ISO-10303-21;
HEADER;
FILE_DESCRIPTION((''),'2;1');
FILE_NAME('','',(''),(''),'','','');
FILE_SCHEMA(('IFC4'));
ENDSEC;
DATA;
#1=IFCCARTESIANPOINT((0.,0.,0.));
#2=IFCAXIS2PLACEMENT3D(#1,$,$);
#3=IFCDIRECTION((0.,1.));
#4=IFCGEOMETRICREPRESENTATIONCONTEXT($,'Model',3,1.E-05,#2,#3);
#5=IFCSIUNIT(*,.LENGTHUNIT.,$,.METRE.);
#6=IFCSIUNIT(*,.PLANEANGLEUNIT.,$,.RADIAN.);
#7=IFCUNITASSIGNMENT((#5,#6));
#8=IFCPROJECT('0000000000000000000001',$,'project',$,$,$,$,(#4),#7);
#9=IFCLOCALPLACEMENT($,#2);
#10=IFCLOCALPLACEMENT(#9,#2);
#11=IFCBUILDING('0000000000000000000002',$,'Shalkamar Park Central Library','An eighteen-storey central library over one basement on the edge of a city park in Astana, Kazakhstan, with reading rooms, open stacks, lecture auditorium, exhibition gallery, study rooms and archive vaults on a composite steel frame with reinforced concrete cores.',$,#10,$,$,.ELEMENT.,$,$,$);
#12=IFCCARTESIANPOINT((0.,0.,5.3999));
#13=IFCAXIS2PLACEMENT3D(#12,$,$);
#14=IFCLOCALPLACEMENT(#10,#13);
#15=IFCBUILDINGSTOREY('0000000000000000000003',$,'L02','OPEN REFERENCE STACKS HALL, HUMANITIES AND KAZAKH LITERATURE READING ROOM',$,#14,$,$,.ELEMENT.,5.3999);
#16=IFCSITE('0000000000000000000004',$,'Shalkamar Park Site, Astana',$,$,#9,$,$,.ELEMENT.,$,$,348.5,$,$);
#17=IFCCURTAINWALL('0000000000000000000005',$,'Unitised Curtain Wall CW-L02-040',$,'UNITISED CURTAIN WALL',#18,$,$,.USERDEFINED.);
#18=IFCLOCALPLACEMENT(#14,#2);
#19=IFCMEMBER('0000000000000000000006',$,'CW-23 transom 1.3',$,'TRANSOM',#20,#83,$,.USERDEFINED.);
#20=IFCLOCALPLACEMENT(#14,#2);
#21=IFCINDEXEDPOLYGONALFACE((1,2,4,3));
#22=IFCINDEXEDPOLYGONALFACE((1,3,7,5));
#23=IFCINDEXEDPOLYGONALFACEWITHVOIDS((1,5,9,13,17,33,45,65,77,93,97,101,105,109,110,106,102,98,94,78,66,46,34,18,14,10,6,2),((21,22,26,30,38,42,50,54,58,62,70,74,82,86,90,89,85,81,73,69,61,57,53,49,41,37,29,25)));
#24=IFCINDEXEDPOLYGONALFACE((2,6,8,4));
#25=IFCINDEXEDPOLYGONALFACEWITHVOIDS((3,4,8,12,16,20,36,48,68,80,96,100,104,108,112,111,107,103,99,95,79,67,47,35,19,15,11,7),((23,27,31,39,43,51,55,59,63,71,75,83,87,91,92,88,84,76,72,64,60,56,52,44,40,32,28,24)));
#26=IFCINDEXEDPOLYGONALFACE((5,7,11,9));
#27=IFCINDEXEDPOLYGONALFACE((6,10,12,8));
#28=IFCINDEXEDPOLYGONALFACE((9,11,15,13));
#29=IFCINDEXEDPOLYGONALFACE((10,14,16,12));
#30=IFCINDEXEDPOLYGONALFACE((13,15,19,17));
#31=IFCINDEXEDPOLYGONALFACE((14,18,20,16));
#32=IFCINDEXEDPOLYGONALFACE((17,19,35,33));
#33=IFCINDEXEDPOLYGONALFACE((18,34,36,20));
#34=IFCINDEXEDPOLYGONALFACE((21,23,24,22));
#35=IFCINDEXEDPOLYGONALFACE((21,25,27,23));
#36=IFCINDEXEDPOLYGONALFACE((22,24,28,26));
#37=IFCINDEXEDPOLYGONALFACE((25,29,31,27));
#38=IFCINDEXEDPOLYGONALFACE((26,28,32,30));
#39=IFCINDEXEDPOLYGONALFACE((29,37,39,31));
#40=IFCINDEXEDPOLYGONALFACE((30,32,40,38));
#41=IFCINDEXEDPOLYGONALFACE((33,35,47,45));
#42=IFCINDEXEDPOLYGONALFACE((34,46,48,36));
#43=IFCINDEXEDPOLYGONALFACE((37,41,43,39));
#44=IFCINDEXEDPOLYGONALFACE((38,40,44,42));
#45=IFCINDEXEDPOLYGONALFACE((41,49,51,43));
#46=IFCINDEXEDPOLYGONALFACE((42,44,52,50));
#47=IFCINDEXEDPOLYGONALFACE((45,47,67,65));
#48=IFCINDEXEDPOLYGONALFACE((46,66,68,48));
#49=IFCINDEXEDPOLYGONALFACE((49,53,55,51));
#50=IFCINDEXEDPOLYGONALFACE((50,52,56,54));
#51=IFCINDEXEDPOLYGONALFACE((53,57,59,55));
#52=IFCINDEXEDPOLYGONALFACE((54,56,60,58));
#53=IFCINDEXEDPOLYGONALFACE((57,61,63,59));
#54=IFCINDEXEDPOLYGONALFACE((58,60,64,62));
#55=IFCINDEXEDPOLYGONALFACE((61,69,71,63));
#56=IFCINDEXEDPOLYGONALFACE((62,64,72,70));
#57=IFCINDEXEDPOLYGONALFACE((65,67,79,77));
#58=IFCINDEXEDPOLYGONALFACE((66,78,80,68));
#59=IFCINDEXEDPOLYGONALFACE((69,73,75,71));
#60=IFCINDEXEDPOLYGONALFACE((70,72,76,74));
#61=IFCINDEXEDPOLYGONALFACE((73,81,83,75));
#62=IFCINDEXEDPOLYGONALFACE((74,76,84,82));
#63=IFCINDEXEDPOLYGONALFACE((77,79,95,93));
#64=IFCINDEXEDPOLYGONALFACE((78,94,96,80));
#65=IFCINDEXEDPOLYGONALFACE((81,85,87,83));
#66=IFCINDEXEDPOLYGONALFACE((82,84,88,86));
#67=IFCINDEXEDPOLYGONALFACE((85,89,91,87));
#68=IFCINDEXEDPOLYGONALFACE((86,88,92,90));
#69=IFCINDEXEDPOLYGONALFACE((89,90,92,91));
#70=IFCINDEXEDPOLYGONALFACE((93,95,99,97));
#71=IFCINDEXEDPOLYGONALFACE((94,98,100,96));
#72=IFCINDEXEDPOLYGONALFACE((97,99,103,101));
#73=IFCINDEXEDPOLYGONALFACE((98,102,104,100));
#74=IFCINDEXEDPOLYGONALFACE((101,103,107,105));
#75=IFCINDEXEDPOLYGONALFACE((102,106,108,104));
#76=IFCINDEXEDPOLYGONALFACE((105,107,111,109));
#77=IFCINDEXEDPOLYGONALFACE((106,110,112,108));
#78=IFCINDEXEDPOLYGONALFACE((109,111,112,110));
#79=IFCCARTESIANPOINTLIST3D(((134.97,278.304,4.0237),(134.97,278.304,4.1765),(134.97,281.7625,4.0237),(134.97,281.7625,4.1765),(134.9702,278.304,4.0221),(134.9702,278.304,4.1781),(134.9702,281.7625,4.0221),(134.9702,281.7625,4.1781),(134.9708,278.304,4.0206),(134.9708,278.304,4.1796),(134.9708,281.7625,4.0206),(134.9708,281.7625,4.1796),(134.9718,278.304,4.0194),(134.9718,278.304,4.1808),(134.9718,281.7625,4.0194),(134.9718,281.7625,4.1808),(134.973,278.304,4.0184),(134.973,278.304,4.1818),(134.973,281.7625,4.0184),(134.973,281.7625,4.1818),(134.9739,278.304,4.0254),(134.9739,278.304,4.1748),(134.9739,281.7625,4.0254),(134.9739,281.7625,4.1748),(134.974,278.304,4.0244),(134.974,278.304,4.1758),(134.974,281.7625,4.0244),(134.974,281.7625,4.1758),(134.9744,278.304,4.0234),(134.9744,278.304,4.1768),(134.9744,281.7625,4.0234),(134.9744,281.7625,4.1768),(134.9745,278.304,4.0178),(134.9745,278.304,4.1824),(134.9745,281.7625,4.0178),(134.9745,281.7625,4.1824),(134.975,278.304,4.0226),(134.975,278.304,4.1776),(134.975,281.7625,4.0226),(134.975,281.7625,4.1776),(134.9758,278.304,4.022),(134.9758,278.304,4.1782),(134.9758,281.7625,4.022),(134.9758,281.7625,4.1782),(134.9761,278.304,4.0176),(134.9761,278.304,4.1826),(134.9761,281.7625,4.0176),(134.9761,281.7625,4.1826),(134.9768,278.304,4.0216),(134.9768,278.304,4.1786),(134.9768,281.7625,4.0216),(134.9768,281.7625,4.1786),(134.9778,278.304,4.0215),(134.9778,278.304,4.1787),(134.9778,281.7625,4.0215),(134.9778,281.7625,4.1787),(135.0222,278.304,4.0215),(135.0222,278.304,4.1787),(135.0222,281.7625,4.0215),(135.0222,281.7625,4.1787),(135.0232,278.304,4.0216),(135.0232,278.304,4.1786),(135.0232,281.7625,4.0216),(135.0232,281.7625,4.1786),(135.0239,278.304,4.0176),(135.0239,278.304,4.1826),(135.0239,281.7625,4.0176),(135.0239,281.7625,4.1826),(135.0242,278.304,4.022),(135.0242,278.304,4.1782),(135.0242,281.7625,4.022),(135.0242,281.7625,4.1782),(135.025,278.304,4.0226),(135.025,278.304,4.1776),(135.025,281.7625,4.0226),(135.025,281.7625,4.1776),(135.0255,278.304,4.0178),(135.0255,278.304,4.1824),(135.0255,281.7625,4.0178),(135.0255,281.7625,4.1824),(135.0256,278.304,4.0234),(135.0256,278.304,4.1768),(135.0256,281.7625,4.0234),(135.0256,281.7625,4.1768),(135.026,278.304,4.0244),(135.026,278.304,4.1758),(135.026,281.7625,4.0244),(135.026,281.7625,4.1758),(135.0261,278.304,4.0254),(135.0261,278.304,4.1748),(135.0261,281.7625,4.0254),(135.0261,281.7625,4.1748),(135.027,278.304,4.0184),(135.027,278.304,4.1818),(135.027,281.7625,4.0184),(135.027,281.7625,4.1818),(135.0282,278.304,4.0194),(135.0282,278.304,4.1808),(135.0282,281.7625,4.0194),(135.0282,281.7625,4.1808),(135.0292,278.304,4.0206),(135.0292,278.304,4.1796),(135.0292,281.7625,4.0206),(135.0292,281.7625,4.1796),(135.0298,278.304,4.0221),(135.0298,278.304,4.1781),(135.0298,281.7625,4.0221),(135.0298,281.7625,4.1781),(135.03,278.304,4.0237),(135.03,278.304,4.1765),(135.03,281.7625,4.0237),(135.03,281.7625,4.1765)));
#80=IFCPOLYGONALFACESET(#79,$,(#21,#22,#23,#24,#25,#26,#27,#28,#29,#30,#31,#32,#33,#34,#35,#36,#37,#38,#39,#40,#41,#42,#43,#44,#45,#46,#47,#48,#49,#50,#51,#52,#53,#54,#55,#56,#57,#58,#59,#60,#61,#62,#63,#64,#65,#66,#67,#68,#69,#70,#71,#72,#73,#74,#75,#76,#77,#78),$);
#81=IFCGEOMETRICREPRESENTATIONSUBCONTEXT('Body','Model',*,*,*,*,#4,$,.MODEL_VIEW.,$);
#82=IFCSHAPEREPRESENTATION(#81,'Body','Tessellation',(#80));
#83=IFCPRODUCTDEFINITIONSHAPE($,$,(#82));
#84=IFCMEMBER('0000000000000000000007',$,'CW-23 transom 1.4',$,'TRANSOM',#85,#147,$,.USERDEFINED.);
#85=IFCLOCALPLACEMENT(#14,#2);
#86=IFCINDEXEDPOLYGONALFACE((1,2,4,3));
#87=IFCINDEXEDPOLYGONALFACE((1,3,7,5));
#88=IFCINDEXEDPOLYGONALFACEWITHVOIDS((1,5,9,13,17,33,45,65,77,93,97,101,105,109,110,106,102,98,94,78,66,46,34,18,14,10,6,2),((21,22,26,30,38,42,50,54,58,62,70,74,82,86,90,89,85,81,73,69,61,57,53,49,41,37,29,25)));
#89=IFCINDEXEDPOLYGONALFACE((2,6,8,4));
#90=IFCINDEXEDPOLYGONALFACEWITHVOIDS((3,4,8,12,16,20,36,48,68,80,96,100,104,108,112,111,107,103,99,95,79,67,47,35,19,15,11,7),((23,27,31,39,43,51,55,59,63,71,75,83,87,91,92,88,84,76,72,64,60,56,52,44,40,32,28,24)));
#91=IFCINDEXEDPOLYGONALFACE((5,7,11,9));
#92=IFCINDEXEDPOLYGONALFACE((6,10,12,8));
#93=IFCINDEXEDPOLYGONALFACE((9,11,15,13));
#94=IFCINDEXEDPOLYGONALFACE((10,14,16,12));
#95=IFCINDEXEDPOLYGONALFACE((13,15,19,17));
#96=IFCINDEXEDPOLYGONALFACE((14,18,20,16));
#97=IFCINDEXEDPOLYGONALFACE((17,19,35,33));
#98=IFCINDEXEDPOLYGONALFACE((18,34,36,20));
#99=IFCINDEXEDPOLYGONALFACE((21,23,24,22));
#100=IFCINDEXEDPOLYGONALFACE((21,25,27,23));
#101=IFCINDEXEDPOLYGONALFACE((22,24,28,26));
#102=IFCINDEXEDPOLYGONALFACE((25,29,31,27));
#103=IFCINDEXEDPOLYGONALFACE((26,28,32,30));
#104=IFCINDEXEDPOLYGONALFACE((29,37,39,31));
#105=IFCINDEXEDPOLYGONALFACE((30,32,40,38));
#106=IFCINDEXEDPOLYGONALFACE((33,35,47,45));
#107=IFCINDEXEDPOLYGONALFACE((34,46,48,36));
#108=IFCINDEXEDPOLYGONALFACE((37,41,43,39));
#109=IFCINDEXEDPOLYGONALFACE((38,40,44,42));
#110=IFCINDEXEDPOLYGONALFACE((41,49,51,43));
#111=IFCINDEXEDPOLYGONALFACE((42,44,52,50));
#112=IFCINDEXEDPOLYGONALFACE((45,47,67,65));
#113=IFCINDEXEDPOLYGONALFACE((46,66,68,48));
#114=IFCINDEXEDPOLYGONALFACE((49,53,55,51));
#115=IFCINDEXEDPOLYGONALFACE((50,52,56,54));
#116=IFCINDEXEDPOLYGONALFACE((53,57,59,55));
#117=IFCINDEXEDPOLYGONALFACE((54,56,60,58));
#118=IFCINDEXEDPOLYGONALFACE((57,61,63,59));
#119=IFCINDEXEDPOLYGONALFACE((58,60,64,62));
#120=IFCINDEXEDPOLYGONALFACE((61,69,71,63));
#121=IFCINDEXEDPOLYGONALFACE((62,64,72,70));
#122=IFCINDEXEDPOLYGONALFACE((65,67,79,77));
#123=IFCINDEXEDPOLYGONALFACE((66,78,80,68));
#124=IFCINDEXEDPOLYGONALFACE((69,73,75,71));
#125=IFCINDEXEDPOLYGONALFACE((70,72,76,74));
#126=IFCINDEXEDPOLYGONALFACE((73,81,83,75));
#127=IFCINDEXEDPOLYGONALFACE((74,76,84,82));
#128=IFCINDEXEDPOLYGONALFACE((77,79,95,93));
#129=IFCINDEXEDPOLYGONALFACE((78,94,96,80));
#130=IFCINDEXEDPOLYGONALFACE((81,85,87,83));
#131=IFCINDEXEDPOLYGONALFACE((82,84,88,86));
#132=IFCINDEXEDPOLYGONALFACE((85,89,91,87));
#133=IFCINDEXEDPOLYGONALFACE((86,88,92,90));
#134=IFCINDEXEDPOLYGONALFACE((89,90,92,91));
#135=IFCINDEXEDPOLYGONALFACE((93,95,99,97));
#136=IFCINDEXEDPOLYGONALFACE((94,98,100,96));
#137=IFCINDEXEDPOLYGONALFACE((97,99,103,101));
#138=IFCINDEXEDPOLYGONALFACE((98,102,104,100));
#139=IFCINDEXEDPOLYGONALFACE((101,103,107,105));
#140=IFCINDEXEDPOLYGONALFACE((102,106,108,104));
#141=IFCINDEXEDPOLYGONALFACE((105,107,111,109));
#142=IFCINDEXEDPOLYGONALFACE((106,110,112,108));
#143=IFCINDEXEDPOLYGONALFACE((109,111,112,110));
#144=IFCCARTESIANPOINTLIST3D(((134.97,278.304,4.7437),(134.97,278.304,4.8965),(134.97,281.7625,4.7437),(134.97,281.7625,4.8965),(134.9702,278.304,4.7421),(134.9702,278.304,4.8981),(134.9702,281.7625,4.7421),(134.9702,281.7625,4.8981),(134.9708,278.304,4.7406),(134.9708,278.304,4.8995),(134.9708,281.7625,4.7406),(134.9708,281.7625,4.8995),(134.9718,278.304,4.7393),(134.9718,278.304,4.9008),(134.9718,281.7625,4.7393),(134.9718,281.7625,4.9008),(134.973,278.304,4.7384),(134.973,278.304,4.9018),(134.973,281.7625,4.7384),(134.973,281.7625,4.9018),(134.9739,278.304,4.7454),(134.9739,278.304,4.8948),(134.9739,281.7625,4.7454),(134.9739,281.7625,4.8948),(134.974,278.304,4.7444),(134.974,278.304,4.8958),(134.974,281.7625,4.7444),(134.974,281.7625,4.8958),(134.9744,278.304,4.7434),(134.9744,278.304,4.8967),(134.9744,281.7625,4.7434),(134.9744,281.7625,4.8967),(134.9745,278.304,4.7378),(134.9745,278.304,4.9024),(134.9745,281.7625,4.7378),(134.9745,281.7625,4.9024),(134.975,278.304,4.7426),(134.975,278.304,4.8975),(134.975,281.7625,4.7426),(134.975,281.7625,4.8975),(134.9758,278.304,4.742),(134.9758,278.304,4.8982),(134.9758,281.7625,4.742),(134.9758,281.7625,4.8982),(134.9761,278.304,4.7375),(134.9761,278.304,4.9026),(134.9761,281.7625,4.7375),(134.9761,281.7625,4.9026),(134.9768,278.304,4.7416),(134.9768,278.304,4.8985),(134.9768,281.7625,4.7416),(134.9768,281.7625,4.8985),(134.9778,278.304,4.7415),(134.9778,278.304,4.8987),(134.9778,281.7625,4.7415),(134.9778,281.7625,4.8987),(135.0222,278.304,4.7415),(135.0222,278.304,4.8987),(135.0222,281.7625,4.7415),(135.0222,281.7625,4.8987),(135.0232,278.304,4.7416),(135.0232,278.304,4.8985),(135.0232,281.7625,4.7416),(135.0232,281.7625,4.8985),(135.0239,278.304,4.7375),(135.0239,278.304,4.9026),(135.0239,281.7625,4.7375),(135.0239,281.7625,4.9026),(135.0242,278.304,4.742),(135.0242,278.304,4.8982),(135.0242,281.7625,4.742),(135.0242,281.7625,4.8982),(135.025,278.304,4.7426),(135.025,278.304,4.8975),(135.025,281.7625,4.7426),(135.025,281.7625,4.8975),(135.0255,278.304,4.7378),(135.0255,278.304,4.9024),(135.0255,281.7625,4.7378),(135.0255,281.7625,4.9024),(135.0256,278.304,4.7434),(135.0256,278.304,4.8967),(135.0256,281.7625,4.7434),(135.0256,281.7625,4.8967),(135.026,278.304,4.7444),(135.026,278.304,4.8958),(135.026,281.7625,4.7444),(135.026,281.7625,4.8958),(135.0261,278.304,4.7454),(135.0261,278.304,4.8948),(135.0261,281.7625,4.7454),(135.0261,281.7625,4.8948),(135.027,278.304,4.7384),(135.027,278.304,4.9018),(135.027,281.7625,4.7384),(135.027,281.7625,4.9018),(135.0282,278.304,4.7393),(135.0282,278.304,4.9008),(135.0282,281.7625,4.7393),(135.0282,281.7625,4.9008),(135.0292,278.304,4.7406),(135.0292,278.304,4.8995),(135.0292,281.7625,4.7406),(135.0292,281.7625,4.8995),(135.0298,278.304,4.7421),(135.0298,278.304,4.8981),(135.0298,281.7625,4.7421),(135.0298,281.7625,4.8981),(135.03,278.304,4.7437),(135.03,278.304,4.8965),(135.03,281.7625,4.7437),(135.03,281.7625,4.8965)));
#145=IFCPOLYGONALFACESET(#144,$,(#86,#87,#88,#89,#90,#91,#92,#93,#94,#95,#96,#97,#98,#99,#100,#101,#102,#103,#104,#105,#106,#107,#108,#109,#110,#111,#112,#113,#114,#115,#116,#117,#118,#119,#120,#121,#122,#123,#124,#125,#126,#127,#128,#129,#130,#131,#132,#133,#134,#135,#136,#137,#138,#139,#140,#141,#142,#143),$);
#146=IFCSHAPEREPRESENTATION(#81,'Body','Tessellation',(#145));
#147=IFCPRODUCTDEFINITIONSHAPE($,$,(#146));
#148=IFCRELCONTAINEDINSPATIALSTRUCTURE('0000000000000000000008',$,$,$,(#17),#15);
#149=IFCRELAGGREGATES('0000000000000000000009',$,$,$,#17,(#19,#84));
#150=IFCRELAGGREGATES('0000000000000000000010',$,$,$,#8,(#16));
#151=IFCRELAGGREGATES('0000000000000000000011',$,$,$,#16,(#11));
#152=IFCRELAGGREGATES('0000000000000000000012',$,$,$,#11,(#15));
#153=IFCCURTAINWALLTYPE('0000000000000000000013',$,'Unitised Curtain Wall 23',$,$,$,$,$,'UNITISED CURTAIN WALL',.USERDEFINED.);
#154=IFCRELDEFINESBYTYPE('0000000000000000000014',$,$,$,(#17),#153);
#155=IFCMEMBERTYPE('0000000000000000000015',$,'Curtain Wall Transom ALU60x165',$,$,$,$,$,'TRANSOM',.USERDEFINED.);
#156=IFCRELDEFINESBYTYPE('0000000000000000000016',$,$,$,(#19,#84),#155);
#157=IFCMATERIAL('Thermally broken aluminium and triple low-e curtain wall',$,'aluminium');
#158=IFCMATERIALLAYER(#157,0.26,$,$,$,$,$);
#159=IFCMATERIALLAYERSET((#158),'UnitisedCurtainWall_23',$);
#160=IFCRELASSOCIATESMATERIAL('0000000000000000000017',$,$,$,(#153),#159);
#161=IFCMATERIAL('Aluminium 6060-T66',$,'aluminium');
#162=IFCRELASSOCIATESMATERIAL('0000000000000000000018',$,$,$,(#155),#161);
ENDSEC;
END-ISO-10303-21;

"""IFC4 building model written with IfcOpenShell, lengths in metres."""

from ifc_helpers import new_model, si_unit, direction, frame, origin, origin_2d, place, context, subcontext, project, spatial, hollow_rectangle, extrude, material, layer, layer_set, material_profile, profile_set, type_object, element, aggregate, save


model = new_model("IFC4")

# Units and contexts
model_context = context("Model", 3, precision=1e-05, world=origin(), true_north=direction((0.0, 1.0)))
body_context = subcontext(model_context, "Body", "Model", "MODEL_VIEW")
ifc_project = project(units=[si_unit("LENGTHUNIT", "METRE"), si_unit("PLANEANGLEUNIT", "RADIAN")], contexts=[model_context])

# Site, building, storey
site_placement = place(None, origin())
site = spatial("IfcSite", under=ifc_project, at=site_placement, Name="Shalkamar Park Site, Astana", CompositionType="ELEMENT", RefElevation=348.5)
building_placement = place(site_placement, origin())
building = spatial("IfcBuilding", under=site, at=building_placement, Name="Shalkamar Park Central Library", Description="An eighteen-storey central library over one basement on the edge of a city park in Astana, Kazakhstan, with reading rooms, open stacks, lecture auditorium, exhibition gallery, study rooms and archive vaults on a composite steel frame with reinforced concrete cores.", CompositionType="ELEMENT")
storey_placement = place(building_placement, frame((0.0, 0.0, 5.3999)))
storey = spatial("IfcBuildingStorey", under=building, at=storey_placement, Name="L02", Description="OPEN REFERENCE STACKS HALL, HUMANITIES AND KAZAKH LITERATURE READING ROOM", CompositionType="ELEMENT", Elevation=5.3999)

# Curtain wall, members
ifc_material_1 = material(Name="Thermally broken aluminium and triple low-e curtain wall", Category="aluminium")
ifc_layer_1 = layer(ifc_material_1, 0.26)
ifc_layer_set_1 = layer_set([ifc_layer_1], Name="UnitisedCurtainWall_23")
curtain_wall_type = type_object("IfcCurtainWallType", Name="Unitised Curtain Wall 23", ElementType="UNITISED CURTAIN WALL", PredefinedType="USERDEFINED", material=ifc_layer_set_1)
curtain_wall_placement = place(storey_placement, origin())
curtain_wall = element("IfcCurtainWall", 1, at=curtain_wall_placement, inside=storey, type_object=curtain_wall_type, Name="Unitised Curtain Wall CW-L02-040", ObjectType="UNITISED CURTAIN WALL", PredefinedType="USERDEFINED")
ifc_material_2 = material(Name="Aluminium 6060-T66", Category="aluminium")
ifc_material_profile_1 = material_profile(ifc_material_2, hollow_rectangle(XDim=0.0601, YDim=0.165, WallThickness=0.0039, InnerFilletRadius=0.0039, OuterFilletRadius=0.0061, at=origin_2d()), Name="ALU 60x165x4")
ifc_profile_set_1 = profile_set([ifc_material_profile_1], Name="Aluminium 6060-T66")
member_type_1 = type_object("IfcMemberType", Name="Curtain Wall Transom ALU60x165", ElementType="TRANSOM", PredefinedType="USERDEFINED", material=ifc_profile_set_1)
member_1_placement = place(storey_placement, frame((135.0, 278.304, 4.1001), z_axis=(0.0, 1.0, 0.0), x_axis=(-1.0, 0.0, 0.0)))
member_1 = element("IfcMember", 2, at=member_1_placement, type_object=member_type_1, Name="CW-23 transom 1.3", ObjectType="TRANSOM", PredefinedType="USERDEFINED", context=body_context, shape_type="SweptSolid", body=[
    extrude(hollow_rectangle(XDim=0.0601, YDim=0.165, WallThickness=0.0039, InnerFilletRadius=0.0039, OuterFilletRadius=0.0061, at=origin_2d()), origin(), (0.0, 0.0, 1.0), 3.4585),
])
member_2_placement = place(storey_placement, frame((135.0, 278.304, 4.8201), z_axis=(0.0, 1.0, 0.0), x_axis=(-1.0, 0.0, 0.0)))
member_2 = element("IfcMember", 3, at=member_2_placement, type_object=member_type_1, Name="CW-23 transom 1.4", ObjectType="TRANSOM", PredefinedType="USERDEFINED", context=body_context, shape_type="SweptSolid", body=[
    extrude(hollow_rectangle(XDim=0.0601, YDim=0.165, WallThickness=0.0039, InnerFilletRadius=0.0039, OuterFilletRadius=0.0061, at=origin_2d()), origin(), (0.0, 0.0, 1.0), 3.4585),
])

aggregate(curtain_wall, [member_1, member_2])

save(model, "model.ifc")
